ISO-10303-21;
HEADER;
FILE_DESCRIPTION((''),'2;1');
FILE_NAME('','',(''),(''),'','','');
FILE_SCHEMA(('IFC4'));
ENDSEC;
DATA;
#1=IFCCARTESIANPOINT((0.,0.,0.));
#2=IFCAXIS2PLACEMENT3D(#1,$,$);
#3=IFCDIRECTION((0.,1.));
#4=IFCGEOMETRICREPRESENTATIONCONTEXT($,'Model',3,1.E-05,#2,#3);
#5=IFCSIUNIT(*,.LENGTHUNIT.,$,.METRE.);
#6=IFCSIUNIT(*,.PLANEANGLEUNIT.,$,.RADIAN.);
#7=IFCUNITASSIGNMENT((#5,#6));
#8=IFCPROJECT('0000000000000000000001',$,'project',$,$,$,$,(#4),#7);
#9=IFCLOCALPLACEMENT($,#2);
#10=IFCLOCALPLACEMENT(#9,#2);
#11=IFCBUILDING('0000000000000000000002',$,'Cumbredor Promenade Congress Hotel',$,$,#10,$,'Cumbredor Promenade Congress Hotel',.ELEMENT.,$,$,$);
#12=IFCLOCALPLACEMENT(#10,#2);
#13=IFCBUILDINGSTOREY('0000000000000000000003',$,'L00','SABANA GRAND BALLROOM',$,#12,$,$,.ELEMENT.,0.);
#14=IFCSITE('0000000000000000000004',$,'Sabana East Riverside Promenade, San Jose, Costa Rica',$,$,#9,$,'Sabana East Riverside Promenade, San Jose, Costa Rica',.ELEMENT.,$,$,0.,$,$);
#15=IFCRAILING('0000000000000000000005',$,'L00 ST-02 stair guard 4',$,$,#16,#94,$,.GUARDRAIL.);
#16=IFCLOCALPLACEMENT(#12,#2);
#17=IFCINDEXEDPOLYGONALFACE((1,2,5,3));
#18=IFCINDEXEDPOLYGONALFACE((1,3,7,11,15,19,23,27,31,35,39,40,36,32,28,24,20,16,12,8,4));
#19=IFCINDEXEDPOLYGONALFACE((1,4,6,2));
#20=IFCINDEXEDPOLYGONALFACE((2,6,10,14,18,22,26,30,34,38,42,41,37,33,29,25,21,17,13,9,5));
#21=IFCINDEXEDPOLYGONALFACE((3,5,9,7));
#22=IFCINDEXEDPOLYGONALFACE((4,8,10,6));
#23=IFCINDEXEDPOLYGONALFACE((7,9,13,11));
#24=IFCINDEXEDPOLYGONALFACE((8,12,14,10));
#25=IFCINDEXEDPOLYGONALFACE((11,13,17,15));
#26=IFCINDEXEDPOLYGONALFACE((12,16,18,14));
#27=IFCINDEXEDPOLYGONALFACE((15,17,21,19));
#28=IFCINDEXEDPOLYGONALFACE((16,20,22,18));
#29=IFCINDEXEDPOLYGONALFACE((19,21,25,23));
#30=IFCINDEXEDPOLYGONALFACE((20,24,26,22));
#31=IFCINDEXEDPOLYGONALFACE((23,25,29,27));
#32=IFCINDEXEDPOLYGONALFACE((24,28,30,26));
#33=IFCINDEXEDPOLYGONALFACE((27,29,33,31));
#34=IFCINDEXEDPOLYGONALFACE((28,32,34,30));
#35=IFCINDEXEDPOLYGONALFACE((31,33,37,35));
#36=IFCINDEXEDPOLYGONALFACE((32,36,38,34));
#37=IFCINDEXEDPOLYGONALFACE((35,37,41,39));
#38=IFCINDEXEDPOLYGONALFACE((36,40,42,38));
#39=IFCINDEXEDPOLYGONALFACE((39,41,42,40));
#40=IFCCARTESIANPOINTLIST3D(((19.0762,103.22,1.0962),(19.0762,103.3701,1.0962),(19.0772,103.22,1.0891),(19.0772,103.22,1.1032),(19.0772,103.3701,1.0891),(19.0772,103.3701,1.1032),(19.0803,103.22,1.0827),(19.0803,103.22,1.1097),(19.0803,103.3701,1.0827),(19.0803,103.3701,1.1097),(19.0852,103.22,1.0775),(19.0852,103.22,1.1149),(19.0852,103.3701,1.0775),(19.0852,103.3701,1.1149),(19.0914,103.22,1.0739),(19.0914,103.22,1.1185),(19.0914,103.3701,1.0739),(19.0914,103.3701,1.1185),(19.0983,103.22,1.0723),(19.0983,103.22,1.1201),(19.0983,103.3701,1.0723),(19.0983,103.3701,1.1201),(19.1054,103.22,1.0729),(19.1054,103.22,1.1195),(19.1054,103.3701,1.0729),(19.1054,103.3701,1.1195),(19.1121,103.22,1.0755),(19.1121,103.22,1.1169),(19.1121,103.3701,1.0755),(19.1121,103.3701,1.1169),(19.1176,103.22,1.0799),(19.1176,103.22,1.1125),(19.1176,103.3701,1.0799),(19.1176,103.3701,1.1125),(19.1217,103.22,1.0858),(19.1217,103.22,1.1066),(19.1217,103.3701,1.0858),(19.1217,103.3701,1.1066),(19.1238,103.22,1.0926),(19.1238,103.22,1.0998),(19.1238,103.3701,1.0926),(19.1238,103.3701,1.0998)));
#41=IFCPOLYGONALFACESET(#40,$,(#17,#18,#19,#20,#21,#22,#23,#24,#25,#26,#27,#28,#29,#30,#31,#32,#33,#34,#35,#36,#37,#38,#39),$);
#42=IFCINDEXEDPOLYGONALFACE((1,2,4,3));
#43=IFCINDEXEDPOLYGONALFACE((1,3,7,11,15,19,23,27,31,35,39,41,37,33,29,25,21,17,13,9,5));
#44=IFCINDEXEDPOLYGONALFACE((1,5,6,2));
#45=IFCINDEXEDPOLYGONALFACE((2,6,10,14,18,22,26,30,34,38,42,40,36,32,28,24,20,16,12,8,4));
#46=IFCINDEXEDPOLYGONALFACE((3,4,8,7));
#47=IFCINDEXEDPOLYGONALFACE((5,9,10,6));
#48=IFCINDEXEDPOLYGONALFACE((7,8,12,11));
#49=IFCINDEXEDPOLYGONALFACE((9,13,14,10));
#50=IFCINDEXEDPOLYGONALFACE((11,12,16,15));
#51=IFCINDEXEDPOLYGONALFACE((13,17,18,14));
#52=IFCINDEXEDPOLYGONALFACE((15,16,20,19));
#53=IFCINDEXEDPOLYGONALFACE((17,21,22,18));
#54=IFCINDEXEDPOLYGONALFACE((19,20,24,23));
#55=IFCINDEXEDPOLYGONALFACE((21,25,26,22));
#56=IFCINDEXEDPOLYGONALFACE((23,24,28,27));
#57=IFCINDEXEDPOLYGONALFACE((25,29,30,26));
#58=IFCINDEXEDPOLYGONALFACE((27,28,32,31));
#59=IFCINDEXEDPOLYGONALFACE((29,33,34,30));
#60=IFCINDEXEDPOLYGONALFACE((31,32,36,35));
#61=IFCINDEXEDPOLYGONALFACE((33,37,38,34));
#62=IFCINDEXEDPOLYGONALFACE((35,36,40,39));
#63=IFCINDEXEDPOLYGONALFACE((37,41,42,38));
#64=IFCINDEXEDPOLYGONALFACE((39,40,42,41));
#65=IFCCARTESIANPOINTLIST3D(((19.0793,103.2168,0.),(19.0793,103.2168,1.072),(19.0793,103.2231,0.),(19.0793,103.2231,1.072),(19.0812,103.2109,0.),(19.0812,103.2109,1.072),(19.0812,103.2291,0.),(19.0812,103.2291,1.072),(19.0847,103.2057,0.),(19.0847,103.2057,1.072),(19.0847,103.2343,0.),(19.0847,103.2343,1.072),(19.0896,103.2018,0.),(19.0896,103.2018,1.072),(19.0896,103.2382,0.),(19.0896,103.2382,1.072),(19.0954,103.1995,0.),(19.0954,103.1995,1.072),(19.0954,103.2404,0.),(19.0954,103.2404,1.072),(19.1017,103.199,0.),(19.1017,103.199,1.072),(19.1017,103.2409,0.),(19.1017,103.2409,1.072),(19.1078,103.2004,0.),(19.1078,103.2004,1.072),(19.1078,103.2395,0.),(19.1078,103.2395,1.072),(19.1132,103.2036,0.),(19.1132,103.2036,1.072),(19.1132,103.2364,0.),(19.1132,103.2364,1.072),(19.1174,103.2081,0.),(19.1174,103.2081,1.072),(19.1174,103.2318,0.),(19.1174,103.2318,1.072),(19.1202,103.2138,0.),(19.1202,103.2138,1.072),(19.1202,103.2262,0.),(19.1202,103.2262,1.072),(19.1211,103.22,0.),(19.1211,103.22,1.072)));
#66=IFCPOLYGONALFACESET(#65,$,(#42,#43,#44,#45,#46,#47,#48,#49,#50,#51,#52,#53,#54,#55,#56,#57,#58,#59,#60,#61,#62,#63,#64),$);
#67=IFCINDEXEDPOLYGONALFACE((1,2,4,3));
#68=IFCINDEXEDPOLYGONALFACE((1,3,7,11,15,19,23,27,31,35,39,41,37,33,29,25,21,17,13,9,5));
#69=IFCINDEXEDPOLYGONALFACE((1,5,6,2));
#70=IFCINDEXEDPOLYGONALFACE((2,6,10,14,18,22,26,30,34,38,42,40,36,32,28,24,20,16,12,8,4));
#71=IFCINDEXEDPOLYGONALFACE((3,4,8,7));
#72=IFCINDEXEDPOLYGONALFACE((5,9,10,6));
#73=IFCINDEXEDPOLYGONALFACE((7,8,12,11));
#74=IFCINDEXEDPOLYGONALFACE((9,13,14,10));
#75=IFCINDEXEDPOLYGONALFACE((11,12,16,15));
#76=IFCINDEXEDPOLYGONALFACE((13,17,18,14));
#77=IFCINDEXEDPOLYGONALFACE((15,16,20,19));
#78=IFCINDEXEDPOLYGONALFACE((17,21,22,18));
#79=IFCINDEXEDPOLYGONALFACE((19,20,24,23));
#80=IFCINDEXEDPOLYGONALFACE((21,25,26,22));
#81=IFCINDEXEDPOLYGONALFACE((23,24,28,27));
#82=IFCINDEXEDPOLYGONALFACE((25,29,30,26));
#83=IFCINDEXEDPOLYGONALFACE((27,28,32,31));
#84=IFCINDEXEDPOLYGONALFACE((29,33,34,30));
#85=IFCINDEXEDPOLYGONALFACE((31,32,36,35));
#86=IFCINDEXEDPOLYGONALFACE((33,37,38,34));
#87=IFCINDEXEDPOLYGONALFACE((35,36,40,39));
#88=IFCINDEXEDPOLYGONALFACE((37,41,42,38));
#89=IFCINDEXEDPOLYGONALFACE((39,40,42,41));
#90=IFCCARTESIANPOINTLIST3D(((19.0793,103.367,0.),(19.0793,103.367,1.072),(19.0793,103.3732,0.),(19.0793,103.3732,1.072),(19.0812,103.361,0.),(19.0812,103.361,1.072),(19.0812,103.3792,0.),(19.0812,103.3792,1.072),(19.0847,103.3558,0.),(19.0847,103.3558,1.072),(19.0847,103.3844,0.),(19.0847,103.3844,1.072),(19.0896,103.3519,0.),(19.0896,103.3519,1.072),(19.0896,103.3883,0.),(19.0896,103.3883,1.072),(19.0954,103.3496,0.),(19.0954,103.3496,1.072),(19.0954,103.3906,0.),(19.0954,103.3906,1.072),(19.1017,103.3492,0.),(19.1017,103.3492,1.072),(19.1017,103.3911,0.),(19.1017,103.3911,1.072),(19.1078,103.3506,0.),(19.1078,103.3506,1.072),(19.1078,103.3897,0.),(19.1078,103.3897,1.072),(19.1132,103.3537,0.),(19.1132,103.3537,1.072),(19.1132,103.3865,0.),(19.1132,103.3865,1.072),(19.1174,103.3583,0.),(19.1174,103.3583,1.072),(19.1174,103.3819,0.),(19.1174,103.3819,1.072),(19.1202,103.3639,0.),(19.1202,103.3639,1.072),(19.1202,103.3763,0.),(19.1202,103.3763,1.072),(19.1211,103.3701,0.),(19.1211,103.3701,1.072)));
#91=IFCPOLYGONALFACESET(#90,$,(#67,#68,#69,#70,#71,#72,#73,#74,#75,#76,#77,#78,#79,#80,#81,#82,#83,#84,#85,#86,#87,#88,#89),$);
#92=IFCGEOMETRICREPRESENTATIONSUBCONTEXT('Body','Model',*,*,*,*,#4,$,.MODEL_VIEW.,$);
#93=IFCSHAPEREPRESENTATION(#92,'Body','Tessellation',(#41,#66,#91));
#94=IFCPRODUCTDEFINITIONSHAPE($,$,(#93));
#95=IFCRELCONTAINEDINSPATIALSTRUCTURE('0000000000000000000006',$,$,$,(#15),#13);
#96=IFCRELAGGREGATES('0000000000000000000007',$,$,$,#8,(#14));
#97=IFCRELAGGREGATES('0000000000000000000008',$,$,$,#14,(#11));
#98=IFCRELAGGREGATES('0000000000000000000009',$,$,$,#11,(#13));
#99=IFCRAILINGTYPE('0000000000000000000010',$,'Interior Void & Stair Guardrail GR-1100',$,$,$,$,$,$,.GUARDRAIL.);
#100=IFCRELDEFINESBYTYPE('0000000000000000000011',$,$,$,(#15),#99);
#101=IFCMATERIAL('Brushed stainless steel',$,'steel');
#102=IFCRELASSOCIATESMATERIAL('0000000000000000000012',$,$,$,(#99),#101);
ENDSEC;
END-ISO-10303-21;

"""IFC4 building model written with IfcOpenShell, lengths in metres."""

from ifc_helpers import new_model, si_unit, direction, frame, origin, origin_2d, place, context, subcontext, project, spatial, circle, extrude, material, type_object, element, save


model = new_model("IFC4")

# Units and contexts
model_context = context("Model", 3, precision=1e-05, world=origin(), true_north=direction((0.0, 1.0)))
body_context = subcontext(model_context, "Body", "Model", "MODEL_VIEW")
ifc_project = project(units=[si_unit("LENGTHUNIT", "METRE"), si_unit("PLANEANGLEUNIT", "RADIAN")], contexts=[model_context])

# Site, building, storey
site_placement = place(None, origin())
site = spatial("IfcSite", under=ifc_project, at=site_placement, Name="Sabana East Riverside Promenade, San Jose, Costa Rica", LongName="Sabana East Riverside Promenade, San Jose, Costa Rica", CompositionType="ELEMENT", RefElevation=0.0)
building_placement = place(site_placement, origin())
building = spatial("IfcBuilding", under=site, at=building_placement, Name="Cumbredor Promenade Congress Hotel", LongName="Cumbredor Promenade Congress Hotel", CompositionType="ELEMENT")
storey_placement = place(building_placement, origin())
storey = spatial("IfcBuildingStorey", under=building, at=storey_placement, Name="L00", Description="SABANA GRAND BALLROOM", CompositionType="ELEMENT", Elevation=0.0)

# Shared definitions
ifc_material_1 = material(Name="Brushed stainless steel", Category="steel")

# Railing
railing_type_1 = type_object("IfcRailingType", Name="Interior Void & Stair Guardrail GR-1100", PredefinedType="GUARDRAIL", material=ifc_material_1)
railing_1_placement = place(storey_placement, frame((19.1001, 103.22, 0.0)))
element("IfcRailing", 1, at=railing_1_placement, inside=storey, type_object=railing_type_1, Name="L00 ST-02 stair guard 4", PredefinedType="GUARDRAIL", context=body_context, shape_type="SweptSolid", body=[
    extrude(circle(Radius=0.0239, at=origin_2d()), frame((0.0, 0.0, 1.0962), z_axis=(0.0, 1.0, 0.0), x_axis=(-1.0, 0.0, 0.0)), (0.0, 0.0, 1.0), 0.1501),
    extrude(circle(Radius=0.021, at=origin_2d()), origin(), (0.0, 0.0, 1.0), 1.072),
    extrude(circle(Radius=0.021, at=origin_2d()), frame((0.0, 0.1501, 0.0)), (0.0, 0.0, 1.0), 1.072),
])

save(model, "model.ifc")
